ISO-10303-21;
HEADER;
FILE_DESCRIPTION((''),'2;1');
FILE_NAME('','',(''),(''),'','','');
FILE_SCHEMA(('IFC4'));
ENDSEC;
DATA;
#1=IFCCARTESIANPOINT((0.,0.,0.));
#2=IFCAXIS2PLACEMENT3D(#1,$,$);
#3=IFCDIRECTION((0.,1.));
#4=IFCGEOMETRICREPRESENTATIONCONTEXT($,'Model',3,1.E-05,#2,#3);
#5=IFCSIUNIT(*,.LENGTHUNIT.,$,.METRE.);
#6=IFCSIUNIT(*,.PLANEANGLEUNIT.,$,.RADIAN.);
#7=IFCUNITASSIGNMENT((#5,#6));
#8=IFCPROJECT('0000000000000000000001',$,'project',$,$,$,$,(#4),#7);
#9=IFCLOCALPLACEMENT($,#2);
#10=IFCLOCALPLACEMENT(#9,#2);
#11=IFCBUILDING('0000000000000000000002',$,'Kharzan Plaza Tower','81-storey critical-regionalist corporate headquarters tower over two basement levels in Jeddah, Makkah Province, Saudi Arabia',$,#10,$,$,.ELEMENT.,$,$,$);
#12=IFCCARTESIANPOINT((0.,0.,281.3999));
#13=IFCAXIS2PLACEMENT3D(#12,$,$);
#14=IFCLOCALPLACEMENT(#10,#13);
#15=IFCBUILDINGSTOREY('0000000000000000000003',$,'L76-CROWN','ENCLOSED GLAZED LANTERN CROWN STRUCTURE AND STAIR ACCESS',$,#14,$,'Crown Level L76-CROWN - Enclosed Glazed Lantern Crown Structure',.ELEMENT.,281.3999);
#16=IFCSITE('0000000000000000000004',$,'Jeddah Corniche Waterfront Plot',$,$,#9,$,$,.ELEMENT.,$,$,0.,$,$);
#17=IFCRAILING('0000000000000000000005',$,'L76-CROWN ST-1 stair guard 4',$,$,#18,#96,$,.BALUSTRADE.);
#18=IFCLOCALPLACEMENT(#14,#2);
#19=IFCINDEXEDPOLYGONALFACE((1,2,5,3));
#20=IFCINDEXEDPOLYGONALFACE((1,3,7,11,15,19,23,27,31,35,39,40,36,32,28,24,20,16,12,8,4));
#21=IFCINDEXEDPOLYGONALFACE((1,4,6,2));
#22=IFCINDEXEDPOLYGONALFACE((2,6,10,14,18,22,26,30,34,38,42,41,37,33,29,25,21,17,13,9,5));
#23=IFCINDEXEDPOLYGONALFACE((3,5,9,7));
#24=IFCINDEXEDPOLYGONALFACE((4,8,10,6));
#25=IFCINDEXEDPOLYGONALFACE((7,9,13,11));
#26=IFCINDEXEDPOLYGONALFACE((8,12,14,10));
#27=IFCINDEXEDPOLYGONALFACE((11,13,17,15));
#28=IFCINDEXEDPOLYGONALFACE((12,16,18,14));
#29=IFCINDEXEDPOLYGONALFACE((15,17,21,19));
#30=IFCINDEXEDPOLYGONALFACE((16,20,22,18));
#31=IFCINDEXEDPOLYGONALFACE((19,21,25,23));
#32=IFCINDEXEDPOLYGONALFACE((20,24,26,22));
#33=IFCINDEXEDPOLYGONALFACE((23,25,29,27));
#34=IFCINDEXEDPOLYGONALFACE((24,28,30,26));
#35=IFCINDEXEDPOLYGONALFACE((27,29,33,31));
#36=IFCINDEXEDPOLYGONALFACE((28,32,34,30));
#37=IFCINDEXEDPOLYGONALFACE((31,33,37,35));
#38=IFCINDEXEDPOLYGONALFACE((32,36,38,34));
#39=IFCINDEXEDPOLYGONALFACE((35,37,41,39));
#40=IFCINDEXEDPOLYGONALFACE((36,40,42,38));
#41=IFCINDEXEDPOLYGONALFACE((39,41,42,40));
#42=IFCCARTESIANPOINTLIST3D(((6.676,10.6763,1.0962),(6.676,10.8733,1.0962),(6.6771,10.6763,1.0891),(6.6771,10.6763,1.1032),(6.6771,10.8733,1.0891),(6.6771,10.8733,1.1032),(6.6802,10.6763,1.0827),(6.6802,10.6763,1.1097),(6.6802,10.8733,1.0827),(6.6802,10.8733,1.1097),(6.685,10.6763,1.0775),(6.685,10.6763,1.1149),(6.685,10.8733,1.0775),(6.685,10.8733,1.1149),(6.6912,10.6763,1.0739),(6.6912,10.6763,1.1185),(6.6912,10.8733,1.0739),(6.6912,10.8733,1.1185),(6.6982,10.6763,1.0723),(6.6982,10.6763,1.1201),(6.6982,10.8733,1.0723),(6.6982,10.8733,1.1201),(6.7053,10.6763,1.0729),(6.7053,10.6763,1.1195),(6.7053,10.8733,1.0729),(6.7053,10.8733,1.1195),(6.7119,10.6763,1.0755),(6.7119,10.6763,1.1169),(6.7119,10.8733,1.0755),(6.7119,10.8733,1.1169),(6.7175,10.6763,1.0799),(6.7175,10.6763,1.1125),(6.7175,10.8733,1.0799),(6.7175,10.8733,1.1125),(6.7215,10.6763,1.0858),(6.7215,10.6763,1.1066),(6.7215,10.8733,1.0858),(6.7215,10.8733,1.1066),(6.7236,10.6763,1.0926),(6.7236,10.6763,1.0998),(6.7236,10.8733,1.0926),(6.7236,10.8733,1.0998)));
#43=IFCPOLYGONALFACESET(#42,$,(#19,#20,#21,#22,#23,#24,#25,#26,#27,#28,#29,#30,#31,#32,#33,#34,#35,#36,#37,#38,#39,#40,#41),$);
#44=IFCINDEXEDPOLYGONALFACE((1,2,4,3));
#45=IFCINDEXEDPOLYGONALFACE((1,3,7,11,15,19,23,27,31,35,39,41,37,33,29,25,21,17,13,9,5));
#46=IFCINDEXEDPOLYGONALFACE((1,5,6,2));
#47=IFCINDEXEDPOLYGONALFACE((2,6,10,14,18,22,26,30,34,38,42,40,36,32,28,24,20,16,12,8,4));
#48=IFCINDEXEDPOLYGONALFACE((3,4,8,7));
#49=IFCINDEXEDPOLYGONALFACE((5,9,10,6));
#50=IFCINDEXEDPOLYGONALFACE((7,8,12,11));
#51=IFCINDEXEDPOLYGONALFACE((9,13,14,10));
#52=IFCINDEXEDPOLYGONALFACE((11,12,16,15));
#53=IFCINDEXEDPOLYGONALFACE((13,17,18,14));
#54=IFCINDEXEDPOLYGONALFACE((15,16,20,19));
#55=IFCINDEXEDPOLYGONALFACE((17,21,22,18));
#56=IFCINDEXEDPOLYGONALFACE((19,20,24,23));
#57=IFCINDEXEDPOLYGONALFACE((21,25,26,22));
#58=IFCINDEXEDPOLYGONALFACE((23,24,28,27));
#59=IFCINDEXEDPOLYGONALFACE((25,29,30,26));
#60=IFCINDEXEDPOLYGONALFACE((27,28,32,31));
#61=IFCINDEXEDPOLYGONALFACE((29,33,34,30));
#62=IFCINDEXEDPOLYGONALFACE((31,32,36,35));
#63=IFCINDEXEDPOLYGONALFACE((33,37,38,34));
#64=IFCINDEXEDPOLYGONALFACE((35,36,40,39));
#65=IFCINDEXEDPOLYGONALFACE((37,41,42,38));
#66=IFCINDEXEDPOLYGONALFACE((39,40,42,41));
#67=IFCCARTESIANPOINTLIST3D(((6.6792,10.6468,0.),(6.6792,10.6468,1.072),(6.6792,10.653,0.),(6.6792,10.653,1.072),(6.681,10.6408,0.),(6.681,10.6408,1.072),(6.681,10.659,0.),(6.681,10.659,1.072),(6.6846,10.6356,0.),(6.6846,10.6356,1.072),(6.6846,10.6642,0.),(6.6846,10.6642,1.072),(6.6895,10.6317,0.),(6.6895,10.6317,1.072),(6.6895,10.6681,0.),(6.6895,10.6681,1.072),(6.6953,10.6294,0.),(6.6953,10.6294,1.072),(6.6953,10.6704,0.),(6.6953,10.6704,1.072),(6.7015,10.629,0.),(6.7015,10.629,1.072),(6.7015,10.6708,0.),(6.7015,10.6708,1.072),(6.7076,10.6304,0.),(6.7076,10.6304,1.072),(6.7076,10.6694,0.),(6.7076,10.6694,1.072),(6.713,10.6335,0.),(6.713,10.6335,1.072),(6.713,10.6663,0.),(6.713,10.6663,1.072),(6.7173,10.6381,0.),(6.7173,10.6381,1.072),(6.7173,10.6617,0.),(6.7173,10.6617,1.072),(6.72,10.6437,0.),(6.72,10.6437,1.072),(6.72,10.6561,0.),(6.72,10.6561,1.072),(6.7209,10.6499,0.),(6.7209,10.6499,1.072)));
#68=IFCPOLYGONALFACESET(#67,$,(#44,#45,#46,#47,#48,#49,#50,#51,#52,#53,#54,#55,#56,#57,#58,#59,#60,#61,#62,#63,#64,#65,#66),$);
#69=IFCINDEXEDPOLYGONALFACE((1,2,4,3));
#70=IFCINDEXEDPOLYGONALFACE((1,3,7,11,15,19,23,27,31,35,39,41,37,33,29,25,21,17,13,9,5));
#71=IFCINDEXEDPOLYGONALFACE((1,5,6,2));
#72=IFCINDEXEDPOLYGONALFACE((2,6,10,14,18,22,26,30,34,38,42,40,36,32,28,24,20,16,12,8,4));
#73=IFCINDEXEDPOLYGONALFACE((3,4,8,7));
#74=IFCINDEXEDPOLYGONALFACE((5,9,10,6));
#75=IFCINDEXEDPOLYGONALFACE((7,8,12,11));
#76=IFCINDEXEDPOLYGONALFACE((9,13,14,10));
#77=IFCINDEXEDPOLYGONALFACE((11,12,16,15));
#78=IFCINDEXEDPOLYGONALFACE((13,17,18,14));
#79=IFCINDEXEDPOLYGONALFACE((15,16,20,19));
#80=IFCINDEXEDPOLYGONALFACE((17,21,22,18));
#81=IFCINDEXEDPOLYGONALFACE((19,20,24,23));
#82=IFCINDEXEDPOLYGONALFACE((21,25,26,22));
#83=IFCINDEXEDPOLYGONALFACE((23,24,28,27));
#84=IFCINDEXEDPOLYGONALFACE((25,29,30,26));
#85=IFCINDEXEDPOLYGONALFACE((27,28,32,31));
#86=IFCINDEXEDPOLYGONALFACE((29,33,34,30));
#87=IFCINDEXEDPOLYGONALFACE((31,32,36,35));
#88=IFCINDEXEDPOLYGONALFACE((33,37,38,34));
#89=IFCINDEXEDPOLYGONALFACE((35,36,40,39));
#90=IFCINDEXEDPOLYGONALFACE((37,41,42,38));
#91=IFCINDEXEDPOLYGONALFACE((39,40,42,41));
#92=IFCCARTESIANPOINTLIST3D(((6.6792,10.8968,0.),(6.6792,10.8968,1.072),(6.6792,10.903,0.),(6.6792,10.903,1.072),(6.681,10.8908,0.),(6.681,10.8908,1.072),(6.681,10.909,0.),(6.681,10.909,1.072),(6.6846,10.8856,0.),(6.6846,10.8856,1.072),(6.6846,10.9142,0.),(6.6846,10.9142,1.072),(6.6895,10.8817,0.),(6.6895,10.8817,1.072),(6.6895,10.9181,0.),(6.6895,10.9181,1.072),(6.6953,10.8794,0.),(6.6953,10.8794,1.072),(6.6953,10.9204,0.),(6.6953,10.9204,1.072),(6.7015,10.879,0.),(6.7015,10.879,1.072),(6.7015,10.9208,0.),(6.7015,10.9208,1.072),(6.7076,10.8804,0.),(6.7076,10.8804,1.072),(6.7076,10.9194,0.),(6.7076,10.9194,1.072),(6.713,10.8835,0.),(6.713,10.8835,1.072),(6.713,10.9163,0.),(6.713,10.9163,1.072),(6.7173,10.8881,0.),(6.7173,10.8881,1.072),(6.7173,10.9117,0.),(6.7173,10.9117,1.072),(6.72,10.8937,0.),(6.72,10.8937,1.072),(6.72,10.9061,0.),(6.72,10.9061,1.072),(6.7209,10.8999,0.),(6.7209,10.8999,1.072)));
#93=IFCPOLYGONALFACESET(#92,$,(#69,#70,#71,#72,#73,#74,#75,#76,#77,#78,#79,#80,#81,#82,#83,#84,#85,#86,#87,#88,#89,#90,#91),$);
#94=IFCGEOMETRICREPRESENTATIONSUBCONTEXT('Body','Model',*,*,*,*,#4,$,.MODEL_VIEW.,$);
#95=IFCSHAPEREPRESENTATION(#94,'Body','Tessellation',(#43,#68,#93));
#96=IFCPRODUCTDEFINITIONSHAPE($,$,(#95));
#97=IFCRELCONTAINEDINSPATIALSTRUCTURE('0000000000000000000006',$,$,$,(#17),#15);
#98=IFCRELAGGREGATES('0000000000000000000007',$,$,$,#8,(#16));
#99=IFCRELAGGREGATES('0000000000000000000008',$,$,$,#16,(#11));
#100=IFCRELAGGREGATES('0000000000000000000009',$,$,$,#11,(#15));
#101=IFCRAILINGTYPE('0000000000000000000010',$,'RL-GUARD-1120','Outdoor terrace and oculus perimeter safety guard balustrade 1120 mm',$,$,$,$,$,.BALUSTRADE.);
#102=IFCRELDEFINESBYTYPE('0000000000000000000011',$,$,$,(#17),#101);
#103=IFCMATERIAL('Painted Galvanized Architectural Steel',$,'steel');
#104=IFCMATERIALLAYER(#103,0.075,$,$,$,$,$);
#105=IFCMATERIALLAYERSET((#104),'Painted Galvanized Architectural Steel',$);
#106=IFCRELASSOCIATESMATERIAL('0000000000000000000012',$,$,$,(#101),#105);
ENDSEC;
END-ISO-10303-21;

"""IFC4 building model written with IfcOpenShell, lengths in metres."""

from ifc_helpers import new_model, si_unit, direction, frame, origin, origin_2d, place, context, subcontext, project, spatial, circle, extrude, source, transform, mapped, material, layer, layer_set, type_object, element, save


model = new_model("IFC4")

# Units and contexts
model_context = context("Model", 3, precision=1e-05, world=origin(), true_north=direction((0.0, 1.0)))
body_context = subcontext(model_context, "Body", "Model", "MODEL_VIEW")
ifc_project = project(units=[si_unit("LENGTHUNIT", "METRE"), si_unit("PLANEANGLEUNIT", "RADIAN")], contexts=[model_context])

# Site, building, storey
site_placement = place(None, origin())
site = spatial("IfcSite", under=ifc_project, at=site_placement, Name="Jeddah Corniche Waterfront Plot", CompositionType="ELEMENT", RefElevation=0.0)
building_placement = place(site_placement, origin())
building = spatial("IfcBuilding", under=site, at=building_placement, Name="Kharzan Plaza Tower", Description="81-storey critical-regionalist corporate headquarters tower over two basement levels in Jeddah, Makkah Province, Saudi Arabia", CompositionType="ELEMENT")
storey_placement = place(building_placement, frame((0.0, 0.0, 281.3999)))
storey = spatial("IfcBuildingStorey", under=building, at=storey_placement, Name="L76-CROWN", Description="ENCLOSED GLAZED LANTERN CROWN STRUCTURE AND STAIR ACCESS", LongName="Crown Level L76-CROWN - Enclosed Glazed Lantern Crown Structure", CompositionType="ELEMENT", Elevation=281.3999)

# Railing
ifc_material_1 = material(Name="Painted Galvanized Architectural Steel", Category="steel")
ifc_layer_1 = layer(ifc_material_1, 0.075)
ifc_layer_set_1 = layer_set([ifc_layer_1], Name="Painted Galvanized Architectural Steel")
railing_type_1 = type_object("IfcRailingType", Name="RL-GUARD-1120", Description="Outdoor terrace and oculus perimeter safety guard balustrade 1120 mm", PredefinedType="BALUSTRADE", material=ifc_layer_set_1)
shared_shape_1 = source(origin(), body_context, "Body", "SweptSolid", [
    extrude(circle(Radius=0.0239, at=origin_2d()), frame((0.0, 0.0264, 1.0962), z_axis=(0.0, 1.0, 0.0), x_axis=(-1.0, 0.0, 0.0)), (0.0, 0.0, 1.0), 0.197),
    extrude(circle(Radius=0.021, at=origin_2d()), origin(), (0.0, 0.0, 1.0), 1.072),
    extrude(circle(Radius=0.021, at=origin_2d()), frame((0.0, 0.25, 0.0)), (0.0, 0.0, 1.0), 1.072),
])
railing_1_placement = place(storey_placement, frame((6.7, 10.6499, 0.0)))
element("IfcRailing", 1, at=railing_1_placement, inside=storey, type_object=railing_type_1, Name="L76-CROWN ST-1 stair guard 4", PredefinedType="BALUSTRADE", context=body_context, shape_type="MappedRepresentation", body=[
    mapped(shared_shape_1, transform((0.0, 0.0, 0.0), x_axis=(1.0, 0.0, 0.0), y_axis=(0.0, 1.0, 0.0), z_axis=(0.0, 0.0, 1.0))),
])

save(model, "model.ifc")
